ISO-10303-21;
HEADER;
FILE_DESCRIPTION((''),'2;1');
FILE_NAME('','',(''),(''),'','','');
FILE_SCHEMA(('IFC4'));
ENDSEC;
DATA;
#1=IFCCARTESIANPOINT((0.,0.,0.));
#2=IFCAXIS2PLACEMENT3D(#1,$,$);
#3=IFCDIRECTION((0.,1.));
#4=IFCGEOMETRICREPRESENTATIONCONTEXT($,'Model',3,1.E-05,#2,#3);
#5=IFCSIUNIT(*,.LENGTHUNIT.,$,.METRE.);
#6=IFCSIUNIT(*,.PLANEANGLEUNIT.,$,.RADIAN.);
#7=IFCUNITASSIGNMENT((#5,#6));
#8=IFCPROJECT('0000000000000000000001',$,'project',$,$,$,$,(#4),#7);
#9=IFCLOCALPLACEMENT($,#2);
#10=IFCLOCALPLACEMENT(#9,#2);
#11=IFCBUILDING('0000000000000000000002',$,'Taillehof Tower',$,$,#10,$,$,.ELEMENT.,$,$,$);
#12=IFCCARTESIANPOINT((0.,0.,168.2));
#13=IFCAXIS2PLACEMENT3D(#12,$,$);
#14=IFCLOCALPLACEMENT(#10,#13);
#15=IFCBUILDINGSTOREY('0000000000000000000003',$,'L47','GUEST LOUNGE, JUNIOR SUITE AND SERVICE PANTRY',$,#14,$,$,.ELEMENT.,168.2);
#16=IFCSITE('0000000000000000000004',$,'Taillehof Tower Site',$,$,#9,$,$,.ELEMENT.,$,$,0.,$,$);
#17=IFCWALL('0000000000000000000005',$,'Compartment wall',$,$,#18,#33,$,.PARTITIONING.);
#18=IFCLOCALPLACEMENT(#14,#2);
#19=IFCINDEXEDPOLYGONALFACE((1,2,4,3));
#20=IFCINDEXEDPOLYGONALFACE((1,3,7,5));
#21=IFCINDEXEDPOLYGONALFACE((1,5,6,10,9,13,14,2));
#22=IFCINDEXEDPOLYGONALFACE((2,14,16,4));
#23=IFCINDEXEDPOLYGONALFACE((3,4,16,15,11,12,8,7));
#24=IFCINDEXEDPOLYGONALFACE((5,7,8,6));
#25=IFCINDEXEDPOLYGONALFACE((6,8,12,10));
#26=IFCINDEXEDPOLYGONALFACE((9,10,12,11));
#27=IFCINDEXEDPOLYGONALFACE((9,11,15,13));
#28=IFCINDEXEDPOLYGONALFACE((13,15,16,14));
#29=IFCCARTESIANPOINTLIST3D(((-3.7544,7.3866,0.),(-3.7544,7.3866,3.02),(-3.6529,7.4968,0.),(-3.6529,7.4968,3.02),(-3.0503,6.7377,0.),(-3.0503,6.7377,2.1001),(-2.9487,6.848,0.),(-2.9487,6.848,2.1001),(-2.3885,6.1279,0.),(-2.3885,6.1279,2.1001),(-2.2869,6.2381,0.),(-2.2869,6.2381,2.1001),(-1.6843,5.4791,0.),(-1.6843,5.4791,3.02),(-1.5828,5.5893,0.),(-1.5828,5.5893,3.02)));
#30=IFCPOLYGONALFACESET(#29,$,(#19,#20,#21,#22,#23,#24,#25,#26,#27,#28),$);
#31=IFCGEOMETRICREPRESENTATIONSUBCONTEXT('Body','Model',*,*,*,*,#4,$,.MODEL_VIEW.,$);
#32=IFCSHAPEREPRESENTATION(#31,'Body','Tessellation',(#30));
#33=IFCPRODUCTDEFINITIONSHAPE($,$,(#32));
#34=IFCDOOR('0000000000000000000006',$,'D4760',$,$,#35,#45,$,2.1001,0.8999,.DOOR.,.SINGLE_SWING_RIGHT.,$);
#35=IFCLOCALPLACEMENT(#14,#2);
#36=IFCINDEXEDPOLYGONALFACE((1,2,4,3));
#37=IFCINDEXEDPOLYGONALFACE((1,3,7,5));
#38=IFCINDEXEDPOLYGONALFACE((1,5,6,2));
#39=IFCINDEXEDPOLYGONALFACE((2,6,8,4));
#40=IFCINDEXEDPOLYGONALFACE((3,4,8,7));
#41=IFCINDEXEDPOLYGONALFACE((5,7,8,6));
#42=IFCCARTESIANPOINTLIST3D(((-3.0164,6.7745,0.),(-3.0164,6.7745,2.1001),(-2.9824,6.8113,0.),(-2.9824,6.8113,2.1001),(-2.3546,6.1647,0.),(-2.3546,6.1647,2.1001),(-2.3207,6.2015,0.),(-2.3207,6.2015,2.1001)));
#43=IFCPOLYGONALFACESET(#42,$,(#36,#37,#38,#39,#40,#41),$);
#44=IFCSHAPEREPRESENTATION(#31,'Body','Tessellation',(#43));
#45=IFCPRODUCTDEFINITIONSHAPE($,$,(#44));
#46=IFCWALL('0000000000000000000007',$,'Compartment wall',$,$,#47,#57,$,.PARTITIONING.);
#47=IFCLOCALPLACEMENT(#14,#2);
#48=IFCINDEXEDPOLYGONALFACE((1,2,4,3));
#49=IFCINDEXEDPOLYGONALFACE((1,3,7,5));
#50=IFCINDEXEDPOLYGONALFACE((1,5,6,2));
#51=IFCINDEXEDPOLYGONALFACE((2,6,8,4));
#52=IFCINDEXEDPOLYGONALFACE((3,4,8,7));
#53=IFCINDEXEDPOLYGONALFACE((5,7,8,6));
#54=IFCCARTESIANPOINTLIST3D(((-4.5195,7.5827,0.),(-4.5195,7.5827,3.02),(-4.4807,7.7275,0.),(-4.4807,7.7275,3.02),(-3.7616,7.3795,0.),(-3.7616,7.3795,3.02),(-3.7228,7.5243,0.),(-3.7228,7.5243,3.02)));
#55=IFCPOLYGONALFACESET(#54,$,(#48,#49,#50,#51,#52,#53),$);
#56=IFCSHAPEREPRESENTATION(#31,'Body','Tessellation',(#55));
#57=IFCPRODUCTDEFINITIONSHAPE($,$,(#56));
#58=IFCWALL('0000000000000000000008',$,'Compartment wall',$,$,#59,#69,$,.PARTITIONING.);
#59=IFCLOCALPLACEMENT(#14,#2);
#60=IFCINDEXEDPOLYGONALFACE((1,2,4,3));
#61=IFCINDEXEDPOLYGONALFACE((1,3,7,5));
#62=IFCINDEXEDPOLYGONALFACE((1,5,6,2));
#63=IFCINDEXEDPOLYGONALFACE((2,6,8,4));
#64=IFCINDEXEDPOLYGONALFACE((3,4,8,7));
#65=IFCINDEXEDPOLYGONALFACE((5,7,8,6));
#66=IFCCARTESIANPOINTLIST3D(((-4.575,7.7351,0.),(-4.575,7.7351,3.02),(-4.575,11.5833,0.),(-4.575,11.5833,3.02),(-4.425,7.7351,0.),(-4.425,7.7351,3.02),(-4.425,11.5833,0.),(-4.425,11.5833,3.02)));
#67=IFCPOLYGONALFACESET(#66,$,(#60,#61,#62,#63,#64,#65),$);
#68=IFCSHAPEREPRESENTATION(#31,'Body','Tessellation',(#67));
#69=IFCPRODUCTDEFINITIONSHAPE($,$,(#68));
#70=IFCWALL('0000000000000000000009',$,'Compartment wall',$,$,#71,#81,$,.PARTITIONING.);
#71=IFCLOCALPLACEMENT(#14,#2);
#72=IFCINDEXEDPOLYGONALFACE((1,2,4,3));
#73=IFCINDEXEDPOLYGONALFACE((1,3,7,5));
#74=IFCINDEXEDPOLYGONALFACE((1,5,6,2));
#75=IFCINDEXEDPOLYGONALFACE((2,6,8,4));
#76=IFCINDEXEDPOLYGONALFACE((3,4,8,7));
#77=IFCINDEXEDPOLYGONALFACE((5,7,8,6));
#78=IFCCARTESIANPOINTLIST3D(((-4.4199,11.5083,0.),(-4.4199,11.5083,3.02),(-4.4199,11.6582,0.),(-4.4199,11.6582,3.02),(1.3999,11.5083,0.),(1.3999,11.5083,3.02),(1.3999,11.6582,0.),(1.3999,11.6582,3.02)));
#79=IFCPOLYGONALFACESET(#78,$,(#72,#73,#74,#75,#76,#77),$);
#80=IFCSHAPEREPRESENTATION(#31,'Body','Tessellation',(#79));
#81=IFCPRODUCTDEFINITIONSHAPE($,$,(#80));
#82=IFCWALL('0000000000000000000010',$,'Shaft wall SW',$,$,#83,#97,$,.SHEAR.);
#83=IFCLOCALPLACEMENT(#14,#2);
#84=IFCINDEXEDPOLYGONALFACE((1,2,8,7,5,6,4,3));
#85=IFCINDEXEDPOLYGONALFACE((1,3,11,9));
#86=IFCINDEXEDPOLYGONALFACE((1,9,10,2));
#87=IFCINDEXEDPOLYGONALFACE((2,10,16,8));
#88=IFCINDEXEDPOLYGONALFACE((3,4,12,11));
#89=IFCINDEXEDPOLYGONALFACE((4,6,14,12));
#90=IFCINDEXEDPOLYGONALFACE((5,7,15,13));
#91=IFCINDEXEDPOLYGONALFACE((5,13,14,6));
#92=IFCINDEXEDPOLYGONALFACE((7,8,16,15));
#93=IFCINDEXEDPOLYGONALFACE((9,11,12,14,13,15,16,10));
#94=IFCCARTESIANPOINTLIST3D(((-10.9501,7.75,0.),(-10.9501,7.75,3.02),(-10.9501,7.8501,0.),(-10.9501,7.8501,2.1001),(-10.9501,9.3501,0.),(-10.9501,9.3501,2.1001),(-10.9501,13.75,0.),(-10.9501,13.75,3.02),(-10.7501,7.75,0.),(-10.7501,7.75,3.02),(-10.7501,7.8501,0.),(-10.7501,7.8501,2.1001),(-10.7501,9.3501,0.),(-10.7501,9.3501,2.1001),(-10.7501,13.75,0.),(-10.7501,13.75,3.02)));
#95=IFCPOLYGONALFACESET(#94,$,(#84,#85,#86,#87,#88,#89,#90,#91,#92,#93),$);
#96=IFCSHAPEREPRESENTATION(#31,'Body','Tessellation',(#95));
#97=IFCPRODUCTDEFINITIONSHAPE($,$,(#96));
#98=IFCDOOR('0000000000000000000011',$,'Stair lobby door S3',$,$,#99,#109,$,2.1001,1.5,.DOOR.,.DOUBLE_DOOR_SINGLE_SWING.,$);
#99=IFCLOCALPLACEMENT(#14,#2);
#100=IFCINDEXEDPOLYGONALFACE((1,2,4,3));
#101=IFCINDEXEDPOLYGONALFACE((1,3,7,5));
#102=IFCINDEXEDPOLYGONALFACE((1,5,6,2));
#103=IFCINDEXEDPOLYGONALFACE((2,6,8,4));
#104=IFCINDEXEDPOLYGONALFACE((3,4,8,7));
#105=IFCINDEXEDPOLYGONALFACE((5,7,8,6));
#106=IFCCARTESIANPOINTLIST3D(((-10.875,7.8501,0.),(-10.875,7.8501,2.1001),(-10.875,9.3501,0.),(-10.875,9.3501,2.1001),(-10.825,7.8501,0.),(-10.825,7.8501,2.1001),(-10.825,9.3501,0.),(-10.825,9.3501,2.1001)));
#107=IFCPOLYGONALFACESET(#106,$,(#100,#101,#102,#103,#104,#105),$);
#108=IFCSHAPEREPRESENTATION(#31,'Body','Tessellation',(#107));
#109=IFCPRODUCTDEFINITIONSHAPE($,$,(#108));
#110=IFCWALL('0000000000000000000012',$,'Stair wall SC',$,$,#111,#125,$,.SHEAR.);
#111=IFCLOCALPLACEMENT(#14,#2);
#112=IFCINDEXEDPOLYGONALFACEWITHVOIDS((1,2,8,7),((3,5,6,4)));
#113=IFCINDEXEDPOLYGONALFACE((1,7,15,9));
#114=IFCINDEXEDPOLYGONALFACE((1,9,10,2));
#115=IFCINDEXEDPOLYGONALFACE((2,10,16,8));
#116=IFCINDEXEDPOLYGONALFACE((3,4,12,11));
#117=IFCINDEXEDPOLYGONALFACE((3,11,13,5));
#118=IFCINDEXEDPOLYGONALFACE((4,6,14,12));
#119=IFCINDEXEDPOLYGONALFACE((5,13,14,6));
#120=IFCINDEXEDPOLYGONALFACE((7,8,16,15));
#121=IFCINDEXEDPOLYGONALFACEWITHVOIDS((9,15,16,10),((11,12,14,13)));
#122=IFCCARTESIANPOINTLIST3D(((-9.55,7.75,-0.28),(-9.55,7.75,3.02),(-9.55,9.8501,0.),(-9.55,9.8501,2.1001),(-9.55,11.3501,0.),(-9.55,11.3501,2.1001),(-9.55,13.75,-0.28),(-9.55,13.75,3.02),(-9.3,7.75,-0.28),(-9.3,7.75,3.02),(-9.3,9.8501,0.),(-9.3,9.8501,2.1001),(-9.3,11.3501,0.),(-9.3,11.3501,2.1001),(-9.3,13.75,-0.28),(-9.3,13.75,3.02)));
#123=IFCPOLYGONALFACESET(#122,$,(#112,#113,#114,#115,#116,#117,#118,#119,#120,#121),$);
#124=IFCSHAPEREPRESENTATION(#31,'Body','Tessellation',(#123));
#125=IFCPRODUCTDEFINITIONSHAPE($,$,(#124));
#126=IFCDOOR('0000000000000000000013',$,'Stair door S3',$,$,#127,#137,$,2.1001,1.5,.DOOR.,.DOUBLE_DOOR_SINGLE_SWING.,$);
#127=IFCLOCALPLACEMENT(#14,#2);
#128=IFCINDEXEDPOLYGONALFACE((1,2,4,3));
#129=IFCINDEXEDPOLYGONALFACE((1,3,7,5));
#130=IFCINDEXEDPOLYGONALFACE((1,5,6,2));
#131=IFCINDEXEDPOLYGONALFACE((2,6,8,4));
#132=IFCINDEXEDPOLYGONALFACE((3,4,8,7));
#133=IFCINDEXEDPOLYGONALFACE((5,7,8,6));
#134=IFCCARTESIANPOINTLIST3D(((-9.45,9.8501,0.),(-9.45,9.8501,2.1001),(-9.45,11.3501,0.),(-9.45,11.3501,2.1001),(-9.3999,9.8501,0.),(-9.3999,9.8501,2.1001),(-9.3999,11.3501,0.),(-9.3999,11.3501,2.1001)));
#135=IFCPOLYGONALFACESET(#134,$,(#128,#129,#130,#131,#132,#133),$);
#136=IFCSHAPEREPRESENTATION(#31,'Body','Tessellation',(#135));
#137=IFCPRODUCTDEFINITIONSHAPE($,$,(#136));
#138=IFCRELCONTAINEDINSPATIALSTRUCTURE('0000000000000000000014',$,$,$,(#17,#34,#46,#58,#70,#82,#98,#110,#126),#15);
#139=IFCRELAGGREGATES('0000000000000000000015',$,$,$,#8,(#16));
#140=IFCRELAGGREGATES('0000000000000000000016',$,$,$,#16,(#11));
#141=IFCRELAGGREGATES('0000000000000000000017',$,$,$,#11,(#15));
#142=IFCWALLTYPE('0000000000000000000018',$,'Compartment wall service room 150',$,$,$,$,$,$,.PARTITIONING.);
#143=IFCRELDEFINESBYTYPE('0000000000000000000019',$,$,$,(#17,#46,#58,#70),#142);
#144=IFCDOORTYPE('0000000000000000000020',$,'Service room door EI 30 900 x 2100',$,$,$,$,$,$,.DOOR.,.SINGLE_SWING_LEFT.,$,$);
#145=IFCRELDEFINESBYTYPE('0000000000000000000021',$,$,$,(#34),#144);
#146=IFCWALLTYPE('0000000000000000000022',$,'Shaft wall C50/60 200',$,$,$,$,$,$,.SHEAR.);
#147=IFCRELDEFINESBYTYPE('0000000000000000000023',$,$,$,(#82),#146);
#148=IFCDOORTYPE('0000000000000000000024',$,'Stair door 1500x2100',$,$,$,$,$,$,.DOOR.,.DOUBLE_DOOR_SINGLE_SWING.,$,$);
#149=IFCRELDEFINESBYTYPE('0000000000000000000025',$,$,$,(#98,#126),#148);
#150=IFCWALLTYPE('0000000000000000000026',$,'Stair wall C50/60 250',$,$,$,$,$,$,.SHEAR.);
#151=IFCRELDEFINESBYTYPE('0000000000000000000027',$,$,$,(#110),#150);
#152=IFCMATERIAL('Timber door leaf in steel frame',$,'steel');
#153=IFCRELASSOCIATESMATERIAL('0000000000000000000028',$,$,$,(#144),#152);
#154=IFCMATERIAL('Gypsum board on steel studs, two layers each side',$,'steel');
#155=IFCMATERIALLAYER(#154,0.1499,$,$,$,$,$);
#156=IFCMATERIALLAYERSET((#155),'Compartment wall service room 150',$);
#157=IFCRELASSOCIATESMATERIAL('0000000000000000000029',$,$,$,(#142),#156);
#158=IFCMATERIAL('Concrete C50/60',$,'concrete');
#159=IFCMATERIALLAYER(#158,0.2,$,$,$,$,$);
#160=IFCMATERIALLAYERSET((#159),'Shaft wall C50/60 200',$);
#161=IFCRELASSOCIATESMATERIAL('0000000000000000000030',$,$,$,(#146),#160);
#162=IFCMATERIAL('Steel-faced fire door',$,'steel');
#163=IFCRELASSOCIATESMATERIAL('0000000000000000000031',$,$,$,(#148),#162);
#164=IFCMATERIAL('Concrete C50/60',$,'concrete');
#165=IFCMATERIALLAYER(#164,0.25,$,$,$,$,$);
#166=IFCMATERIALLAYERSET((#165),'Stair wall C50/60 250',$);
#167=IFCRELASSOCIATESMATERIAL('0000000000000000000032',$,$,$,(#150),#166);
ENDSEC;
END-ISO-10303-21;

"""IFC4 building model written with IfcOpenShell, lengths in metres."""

from ifc_helpers import new_model, si_unit, direction, frame, frame_2d, origin, place, context, subcontext, project, spatial, rectangle, extrude, material, layer, layer_set, type_object, element, fill, save


model = new_model("IFC4")

# Units and contexts
model_context = context("Model", 3, precision=1e-05, world=origin(), true_north=direction((0.0, 1.0)))
body_context = subcontext(model_context, "Body", "Model", "MODEL_VIEW")
ifc_project = project(units=[si_unit("LENGTHUNIT", "METRE"), si_unit("PLANEANGLEUNIT", "RADIAN")], contexts=[model_context])

# Site, building, storey
site_placement = place(None, origin())
site = spatial("IfcSite", under=ifc_project, at=site_placement, Name="Taillehof Tower Site", CompositionType="ELEMENT", RefElevation=0.0)
building_placement = place(site_placement, origin())
building = spatial("IfcBuilding", under=site, at=building_placement, Name="Taillehof Tower", CompositionType="ELEMENT")
storey_placement = place(building_placement, frame((0.0, 0.0, 168.2)))
storey = spatial("IfcBuildingStorey", under=building, at=storey_placement, Name="L47", Description="GUEST LOUNGE, JUNIOR SUITE AND SERVICE PANTRY", CompositionType="ELEMENT", Elevation=168.2)

# Shared definitions
ifc_material_1 = material(Name="Timber door leaf in steel frame", Category="steel")
door_type_1 = type_object("IfcDoorType", Name="Service room door EI 30 900 x 2100", OperationType="SINGLE_SWING_LEFT", PredefinedType="DOOR", material=ifc_material_1)

# Shared definitions
ifc_material_2 = material(Name="Gypsum board on steel studs, two layers each side", Category="steel")
ifc_layer_1 = layer(ifc_material_2, 0.1499)
ifc_layer_set_1 = layer_set([ifc_layer_1], Name="Compartment wall service room 150")
wall_type_1 = type_object("IfcWallType", Name="Compartment wall service room 150", PredefinedType="PARTITIONING", material=ifc_layer_set_1)

# Wall, opening, door
wall_1_placement = place(storey_placement, frame((-1.6335, 5.5342, 0.0), z_axis=(0.0, 0.0, 1.0), x_axis=(-0.735398, 0.677635, 0.0)))
wall_1 = element("IfcWall", 1, at=wall_1_placement, inside=storey, type_object=wall_type_1, Name="Compartment wall", PredefinedType="PARTITIONING", context=body_context, shape_type="SweptSolid", body=[
    extrude(rectangle(XDim=2.8149, YDim=0.1499, at=frame_2d((1.4075, 0.0))), origin(), (0.0, 0.0, 1.0), 3.02),
])
opening_1_placement = place(wall_1_placement, frame((0.9575, 0.0, 0.0)))
opening_1 = element("IfcOpeningElement", 2, at=opening_1_placement, cuts=wall_1, PredefinedType="OPENING", context=body_context, shape_type="SweptSolid", body=[
    extrude(rectangle(XDim=0.8999, YDim=2.1001, at=frame_2d((0.45, 1.05))), frame((0.0, 0.085, 0.0), z_axis=(0.0, -1.0, 0.0), x_axis=(1.0, 0.0, 0.0)), (0.0, 0.0, 1.0), 0.1699),
])
door_1_placement = place(opening_1_placement, origin())
door_1 = element("IfcDoor", 3, at=door_1_placement, inside=storey, type_object=door_type_1, Name="D4760", OperationType="SINGLE_SWING_RIGHT", OverallHeight=2.1001, OverallWidth=0.8999, PredefinedType="DOOR", context=body_context, shape_type="SweptSolid", body=[
    extrude(rectangle(XDim=0.8999, YDim=2.1001, at=frame_2d((0.45, 1.05))), frame((0.0, 0.0249, 0.0), z_axis=(0.0, -1.0, 0.0), x_axis=(1.0, 0.0, 0.0)), (0.0, 0.0, 1.0), 0.05),
])
fill(opening_1, door_1)

# Walls
wall_2_placement = place(storey_placement, frame((-3.7422, 7.4519, 0.0), z_axis=(0.0, 0.0, 1.0), x_axis=(-0.965904, 0.258902, 0.0)))
element("IfcWall", 4, at=wall_2_placement, inside=storey, type_object=wall_type_1, Name="Compartment wall", PredefinedType="PARTITIONING", context=body_context, shape_type="SweptSolid", body=[
    extrude(rectangle(XDim=0.7847, YDim=0.1499, at=frame_2d((0.3923, 0.0))), origin(), (0.0, 0.0, 1.0), 3.02),
])
wall_3_placement = place(storey_placement, frame((-4.5, 7.7351, 0.0), z_axis=(0.0, 0.0, 1.0), x_axis=(0.0, 1.0, 0.0)))
element("IfcWall", 5, at=wall_3_placement, inside=storey, type_object=wall_type_1, Name="Compartment wall", PredefinedType="PARTITIONING", context=body_context, shape_type="SweptSolid", body=[
    extrude(rectangle(XDim=3.8481, YDim=0.1499, at=frame_2d((1.9241, 0.0))), origin(), (0.0, 0.0, 1.0), 3.02),
])
wall_4_placement = place(storey_placement, frame((-4.4199, 11.5833, 0.0), z_axis=(0.0, 0.0, 1.0), x_axis=(1.0, 0.0, 0.0)))
element("IfcWall", 6, at=wall_4_placement, inside=storey, type_object=wall_type_1, Name="Compartment wall", PredefinedType="PARTITIONING", context=body_context, shape_type="SweptSolid", body=[
    extrude(rectangle(XDim=5.8198, YDim=0.1499, at=frame_2d((2.9099, 0.0))), origin(), (0.0, 0.0, 1.0), 3.02),
])

# Walls, openings, doors
ifc_material_3 = material(Name="Concrete C50/60", Category="concrete")
ifc_layer_2 = layer(ifc_material_3, 0.2)
ifc_layer_set_2 = layer_set([ifc_layer_2], Name="Shaft wall C50/60 200")
wall_type_2 = type_object("IfcWallType", Name="Shaft wall C50/60 200", PredefinedType="SHEAR", material=ifc_layer_set_2)
wall_5_placement = place(storey_placement, frame((-10.8501, 7.75, 0.0), z_axis=(0.0, 0.0, 1.0), x_axis=(0.0, 1.0, 0.0)))
wall_5 = element("IfcWall", 7, at=wall_5_placement, inside=storey, type_object=wall_type_2, Name="Shaft wall SW", PredefinedType="SHEAR", context=body_context, shape_type="SweptSolid", body=[
    extrude(rectangle(XDim=6.0, YDim=0.2, at=frame_2d((3.0, 0.0))), origin(), (0.0, 0.0, 1.0), 3.02),
])
opening_2_placement = place(wall_5_placement, frame((0.1001, 0.0, 0.0)))
opening_2 = element("IfcOpeningElement", 8, at=opening_2_placement, cuts=wall_5, PredefinedType="OPENING", context=body_context, shape_type="SweptSolid", body=[
    extrude(rectangle(XDim=1.5, YDim=2.1001, at=frame_2d((0.75, 1.05))), frame((0.0, 0.1099, 0.0), z_axis=(0.0, -1.0, 0.0), x_axis=(1.0, 0.0, 0.0)), (0.0, 0.0, 1.0), 0.22),
])
ifc_material_4 = material(Name="Steel-faced fire door", Category="steel")
door_type_2 = type_object("IfcDoorType", Name="Stair door 1500x2100", OperationType="DOUBLE_DOOR_SINGLE_SWING", PredefinedType="DOOR", material=ifc_material_4)
door_2_placement = place(opening_2_placement, origin())
door_2 = element("IfcDoor", 9, at=door_2_placement, inside=storey, type_object=door_type_2, Name="Stair lobby door S3", OperationType="DOUBLE_DOOR_SINGLE_SWING", OverallHeight=2.1001, OverallWidth=1.5, PredefinedType="DOOR", context=body_context, shape_type="SweptSolid", body=[
    extrude(rectangle(XDim=1.5, YDim=2.1001, at=frame_2d((0.75, 1.05))), frame((0.0, 0.0249, 0.0), z_axis=(0.0, -1.0, 0.0), x_axis=(1.0, 0.0, 0.0)), (0.0, 0.0, 1.0), 0.05),
])
fill(opening_2, door_2)
ifc_material_5 = material(Name="Concrete C50/60", Category="concrete")
ifc_layer_3 = layer(ifc_material_5, 0.25)
ifc_layer_set_3 = layer_set([ifc_layer_3], Name="Stair wall C50/60 250")
wall_type_3 = type_object("IfcWallType", Name="Stair wall C50/60 250", PredefinedType="SHEAR", material=ifc_layer_set_3)
wall_6_placement = place(storey_placement, frame((-9.425, 7.75, -0.28), z_axis=(0.0, 0.0, 1.0), x_axis=(0.0, 1.0, 0.0)))
wall_6 = element("IfcWall", 10, at=wall_6_placement, inside=storey, type_object=wall_type_3, Name="Stair wall SC", PredefinedType="SHEAR", context=body_context, shape_type="SweptSolid", body=[
    extrude(rectangle(XDim=6.0, YDim=0.25, at=frame_2d((3.0, 0.0))), origin(), (0.0, 0.0, 1.0), 3.3),
])
opening_3_placement = place(wall_6_placement, frame((2.1001, 0.0, 0.28)))
opening_3 = element("IfcOpeningElement", 11, at=opening_3_placement, cuts=wall_6, PredefinedType="OPENING", context=body_context, shape_type="SweptSolid", body=[
    extrude(rectangle(XDim=1.5, YDim=2.1001, at=frame_2d((0.75, 1.05))), frame((0.0, 0.135, 0.0), z_axis=(0.0, -1.0, 0.0), x_axis=(1.0, 0.0, 0.0)), (0.0, 0.0, 1.0), 0.27),
])
door_3_placement = place(opening_3_placement, origin())
door_3 = element("IfcDoor", 12, at=door_3_placement, inside=storey, type_object=door_type_2, Name="Stair door S3", OperationType="DOUBLE_DOOR_SINGLE_SWING", OverallHeight=2.1001, OverallWidth=1.5, PredefinedType="DOOR", context=body_context, shape_type="SweptSolid", body=[
    extrude(rectangle(XDim=1.5, YDim=2.1001, at=frame_2d((0.75, 1.05))), frame((0.0, 0.0249, 0.0), z_axis=(0.0, -1.0, 0.0), x_axis=(1.0, 0.0, 0.0)), (0.0, 0.0, 1.0), 0.05),
])
fill(opening_3, door_3)

save(model, "model.ifc")
